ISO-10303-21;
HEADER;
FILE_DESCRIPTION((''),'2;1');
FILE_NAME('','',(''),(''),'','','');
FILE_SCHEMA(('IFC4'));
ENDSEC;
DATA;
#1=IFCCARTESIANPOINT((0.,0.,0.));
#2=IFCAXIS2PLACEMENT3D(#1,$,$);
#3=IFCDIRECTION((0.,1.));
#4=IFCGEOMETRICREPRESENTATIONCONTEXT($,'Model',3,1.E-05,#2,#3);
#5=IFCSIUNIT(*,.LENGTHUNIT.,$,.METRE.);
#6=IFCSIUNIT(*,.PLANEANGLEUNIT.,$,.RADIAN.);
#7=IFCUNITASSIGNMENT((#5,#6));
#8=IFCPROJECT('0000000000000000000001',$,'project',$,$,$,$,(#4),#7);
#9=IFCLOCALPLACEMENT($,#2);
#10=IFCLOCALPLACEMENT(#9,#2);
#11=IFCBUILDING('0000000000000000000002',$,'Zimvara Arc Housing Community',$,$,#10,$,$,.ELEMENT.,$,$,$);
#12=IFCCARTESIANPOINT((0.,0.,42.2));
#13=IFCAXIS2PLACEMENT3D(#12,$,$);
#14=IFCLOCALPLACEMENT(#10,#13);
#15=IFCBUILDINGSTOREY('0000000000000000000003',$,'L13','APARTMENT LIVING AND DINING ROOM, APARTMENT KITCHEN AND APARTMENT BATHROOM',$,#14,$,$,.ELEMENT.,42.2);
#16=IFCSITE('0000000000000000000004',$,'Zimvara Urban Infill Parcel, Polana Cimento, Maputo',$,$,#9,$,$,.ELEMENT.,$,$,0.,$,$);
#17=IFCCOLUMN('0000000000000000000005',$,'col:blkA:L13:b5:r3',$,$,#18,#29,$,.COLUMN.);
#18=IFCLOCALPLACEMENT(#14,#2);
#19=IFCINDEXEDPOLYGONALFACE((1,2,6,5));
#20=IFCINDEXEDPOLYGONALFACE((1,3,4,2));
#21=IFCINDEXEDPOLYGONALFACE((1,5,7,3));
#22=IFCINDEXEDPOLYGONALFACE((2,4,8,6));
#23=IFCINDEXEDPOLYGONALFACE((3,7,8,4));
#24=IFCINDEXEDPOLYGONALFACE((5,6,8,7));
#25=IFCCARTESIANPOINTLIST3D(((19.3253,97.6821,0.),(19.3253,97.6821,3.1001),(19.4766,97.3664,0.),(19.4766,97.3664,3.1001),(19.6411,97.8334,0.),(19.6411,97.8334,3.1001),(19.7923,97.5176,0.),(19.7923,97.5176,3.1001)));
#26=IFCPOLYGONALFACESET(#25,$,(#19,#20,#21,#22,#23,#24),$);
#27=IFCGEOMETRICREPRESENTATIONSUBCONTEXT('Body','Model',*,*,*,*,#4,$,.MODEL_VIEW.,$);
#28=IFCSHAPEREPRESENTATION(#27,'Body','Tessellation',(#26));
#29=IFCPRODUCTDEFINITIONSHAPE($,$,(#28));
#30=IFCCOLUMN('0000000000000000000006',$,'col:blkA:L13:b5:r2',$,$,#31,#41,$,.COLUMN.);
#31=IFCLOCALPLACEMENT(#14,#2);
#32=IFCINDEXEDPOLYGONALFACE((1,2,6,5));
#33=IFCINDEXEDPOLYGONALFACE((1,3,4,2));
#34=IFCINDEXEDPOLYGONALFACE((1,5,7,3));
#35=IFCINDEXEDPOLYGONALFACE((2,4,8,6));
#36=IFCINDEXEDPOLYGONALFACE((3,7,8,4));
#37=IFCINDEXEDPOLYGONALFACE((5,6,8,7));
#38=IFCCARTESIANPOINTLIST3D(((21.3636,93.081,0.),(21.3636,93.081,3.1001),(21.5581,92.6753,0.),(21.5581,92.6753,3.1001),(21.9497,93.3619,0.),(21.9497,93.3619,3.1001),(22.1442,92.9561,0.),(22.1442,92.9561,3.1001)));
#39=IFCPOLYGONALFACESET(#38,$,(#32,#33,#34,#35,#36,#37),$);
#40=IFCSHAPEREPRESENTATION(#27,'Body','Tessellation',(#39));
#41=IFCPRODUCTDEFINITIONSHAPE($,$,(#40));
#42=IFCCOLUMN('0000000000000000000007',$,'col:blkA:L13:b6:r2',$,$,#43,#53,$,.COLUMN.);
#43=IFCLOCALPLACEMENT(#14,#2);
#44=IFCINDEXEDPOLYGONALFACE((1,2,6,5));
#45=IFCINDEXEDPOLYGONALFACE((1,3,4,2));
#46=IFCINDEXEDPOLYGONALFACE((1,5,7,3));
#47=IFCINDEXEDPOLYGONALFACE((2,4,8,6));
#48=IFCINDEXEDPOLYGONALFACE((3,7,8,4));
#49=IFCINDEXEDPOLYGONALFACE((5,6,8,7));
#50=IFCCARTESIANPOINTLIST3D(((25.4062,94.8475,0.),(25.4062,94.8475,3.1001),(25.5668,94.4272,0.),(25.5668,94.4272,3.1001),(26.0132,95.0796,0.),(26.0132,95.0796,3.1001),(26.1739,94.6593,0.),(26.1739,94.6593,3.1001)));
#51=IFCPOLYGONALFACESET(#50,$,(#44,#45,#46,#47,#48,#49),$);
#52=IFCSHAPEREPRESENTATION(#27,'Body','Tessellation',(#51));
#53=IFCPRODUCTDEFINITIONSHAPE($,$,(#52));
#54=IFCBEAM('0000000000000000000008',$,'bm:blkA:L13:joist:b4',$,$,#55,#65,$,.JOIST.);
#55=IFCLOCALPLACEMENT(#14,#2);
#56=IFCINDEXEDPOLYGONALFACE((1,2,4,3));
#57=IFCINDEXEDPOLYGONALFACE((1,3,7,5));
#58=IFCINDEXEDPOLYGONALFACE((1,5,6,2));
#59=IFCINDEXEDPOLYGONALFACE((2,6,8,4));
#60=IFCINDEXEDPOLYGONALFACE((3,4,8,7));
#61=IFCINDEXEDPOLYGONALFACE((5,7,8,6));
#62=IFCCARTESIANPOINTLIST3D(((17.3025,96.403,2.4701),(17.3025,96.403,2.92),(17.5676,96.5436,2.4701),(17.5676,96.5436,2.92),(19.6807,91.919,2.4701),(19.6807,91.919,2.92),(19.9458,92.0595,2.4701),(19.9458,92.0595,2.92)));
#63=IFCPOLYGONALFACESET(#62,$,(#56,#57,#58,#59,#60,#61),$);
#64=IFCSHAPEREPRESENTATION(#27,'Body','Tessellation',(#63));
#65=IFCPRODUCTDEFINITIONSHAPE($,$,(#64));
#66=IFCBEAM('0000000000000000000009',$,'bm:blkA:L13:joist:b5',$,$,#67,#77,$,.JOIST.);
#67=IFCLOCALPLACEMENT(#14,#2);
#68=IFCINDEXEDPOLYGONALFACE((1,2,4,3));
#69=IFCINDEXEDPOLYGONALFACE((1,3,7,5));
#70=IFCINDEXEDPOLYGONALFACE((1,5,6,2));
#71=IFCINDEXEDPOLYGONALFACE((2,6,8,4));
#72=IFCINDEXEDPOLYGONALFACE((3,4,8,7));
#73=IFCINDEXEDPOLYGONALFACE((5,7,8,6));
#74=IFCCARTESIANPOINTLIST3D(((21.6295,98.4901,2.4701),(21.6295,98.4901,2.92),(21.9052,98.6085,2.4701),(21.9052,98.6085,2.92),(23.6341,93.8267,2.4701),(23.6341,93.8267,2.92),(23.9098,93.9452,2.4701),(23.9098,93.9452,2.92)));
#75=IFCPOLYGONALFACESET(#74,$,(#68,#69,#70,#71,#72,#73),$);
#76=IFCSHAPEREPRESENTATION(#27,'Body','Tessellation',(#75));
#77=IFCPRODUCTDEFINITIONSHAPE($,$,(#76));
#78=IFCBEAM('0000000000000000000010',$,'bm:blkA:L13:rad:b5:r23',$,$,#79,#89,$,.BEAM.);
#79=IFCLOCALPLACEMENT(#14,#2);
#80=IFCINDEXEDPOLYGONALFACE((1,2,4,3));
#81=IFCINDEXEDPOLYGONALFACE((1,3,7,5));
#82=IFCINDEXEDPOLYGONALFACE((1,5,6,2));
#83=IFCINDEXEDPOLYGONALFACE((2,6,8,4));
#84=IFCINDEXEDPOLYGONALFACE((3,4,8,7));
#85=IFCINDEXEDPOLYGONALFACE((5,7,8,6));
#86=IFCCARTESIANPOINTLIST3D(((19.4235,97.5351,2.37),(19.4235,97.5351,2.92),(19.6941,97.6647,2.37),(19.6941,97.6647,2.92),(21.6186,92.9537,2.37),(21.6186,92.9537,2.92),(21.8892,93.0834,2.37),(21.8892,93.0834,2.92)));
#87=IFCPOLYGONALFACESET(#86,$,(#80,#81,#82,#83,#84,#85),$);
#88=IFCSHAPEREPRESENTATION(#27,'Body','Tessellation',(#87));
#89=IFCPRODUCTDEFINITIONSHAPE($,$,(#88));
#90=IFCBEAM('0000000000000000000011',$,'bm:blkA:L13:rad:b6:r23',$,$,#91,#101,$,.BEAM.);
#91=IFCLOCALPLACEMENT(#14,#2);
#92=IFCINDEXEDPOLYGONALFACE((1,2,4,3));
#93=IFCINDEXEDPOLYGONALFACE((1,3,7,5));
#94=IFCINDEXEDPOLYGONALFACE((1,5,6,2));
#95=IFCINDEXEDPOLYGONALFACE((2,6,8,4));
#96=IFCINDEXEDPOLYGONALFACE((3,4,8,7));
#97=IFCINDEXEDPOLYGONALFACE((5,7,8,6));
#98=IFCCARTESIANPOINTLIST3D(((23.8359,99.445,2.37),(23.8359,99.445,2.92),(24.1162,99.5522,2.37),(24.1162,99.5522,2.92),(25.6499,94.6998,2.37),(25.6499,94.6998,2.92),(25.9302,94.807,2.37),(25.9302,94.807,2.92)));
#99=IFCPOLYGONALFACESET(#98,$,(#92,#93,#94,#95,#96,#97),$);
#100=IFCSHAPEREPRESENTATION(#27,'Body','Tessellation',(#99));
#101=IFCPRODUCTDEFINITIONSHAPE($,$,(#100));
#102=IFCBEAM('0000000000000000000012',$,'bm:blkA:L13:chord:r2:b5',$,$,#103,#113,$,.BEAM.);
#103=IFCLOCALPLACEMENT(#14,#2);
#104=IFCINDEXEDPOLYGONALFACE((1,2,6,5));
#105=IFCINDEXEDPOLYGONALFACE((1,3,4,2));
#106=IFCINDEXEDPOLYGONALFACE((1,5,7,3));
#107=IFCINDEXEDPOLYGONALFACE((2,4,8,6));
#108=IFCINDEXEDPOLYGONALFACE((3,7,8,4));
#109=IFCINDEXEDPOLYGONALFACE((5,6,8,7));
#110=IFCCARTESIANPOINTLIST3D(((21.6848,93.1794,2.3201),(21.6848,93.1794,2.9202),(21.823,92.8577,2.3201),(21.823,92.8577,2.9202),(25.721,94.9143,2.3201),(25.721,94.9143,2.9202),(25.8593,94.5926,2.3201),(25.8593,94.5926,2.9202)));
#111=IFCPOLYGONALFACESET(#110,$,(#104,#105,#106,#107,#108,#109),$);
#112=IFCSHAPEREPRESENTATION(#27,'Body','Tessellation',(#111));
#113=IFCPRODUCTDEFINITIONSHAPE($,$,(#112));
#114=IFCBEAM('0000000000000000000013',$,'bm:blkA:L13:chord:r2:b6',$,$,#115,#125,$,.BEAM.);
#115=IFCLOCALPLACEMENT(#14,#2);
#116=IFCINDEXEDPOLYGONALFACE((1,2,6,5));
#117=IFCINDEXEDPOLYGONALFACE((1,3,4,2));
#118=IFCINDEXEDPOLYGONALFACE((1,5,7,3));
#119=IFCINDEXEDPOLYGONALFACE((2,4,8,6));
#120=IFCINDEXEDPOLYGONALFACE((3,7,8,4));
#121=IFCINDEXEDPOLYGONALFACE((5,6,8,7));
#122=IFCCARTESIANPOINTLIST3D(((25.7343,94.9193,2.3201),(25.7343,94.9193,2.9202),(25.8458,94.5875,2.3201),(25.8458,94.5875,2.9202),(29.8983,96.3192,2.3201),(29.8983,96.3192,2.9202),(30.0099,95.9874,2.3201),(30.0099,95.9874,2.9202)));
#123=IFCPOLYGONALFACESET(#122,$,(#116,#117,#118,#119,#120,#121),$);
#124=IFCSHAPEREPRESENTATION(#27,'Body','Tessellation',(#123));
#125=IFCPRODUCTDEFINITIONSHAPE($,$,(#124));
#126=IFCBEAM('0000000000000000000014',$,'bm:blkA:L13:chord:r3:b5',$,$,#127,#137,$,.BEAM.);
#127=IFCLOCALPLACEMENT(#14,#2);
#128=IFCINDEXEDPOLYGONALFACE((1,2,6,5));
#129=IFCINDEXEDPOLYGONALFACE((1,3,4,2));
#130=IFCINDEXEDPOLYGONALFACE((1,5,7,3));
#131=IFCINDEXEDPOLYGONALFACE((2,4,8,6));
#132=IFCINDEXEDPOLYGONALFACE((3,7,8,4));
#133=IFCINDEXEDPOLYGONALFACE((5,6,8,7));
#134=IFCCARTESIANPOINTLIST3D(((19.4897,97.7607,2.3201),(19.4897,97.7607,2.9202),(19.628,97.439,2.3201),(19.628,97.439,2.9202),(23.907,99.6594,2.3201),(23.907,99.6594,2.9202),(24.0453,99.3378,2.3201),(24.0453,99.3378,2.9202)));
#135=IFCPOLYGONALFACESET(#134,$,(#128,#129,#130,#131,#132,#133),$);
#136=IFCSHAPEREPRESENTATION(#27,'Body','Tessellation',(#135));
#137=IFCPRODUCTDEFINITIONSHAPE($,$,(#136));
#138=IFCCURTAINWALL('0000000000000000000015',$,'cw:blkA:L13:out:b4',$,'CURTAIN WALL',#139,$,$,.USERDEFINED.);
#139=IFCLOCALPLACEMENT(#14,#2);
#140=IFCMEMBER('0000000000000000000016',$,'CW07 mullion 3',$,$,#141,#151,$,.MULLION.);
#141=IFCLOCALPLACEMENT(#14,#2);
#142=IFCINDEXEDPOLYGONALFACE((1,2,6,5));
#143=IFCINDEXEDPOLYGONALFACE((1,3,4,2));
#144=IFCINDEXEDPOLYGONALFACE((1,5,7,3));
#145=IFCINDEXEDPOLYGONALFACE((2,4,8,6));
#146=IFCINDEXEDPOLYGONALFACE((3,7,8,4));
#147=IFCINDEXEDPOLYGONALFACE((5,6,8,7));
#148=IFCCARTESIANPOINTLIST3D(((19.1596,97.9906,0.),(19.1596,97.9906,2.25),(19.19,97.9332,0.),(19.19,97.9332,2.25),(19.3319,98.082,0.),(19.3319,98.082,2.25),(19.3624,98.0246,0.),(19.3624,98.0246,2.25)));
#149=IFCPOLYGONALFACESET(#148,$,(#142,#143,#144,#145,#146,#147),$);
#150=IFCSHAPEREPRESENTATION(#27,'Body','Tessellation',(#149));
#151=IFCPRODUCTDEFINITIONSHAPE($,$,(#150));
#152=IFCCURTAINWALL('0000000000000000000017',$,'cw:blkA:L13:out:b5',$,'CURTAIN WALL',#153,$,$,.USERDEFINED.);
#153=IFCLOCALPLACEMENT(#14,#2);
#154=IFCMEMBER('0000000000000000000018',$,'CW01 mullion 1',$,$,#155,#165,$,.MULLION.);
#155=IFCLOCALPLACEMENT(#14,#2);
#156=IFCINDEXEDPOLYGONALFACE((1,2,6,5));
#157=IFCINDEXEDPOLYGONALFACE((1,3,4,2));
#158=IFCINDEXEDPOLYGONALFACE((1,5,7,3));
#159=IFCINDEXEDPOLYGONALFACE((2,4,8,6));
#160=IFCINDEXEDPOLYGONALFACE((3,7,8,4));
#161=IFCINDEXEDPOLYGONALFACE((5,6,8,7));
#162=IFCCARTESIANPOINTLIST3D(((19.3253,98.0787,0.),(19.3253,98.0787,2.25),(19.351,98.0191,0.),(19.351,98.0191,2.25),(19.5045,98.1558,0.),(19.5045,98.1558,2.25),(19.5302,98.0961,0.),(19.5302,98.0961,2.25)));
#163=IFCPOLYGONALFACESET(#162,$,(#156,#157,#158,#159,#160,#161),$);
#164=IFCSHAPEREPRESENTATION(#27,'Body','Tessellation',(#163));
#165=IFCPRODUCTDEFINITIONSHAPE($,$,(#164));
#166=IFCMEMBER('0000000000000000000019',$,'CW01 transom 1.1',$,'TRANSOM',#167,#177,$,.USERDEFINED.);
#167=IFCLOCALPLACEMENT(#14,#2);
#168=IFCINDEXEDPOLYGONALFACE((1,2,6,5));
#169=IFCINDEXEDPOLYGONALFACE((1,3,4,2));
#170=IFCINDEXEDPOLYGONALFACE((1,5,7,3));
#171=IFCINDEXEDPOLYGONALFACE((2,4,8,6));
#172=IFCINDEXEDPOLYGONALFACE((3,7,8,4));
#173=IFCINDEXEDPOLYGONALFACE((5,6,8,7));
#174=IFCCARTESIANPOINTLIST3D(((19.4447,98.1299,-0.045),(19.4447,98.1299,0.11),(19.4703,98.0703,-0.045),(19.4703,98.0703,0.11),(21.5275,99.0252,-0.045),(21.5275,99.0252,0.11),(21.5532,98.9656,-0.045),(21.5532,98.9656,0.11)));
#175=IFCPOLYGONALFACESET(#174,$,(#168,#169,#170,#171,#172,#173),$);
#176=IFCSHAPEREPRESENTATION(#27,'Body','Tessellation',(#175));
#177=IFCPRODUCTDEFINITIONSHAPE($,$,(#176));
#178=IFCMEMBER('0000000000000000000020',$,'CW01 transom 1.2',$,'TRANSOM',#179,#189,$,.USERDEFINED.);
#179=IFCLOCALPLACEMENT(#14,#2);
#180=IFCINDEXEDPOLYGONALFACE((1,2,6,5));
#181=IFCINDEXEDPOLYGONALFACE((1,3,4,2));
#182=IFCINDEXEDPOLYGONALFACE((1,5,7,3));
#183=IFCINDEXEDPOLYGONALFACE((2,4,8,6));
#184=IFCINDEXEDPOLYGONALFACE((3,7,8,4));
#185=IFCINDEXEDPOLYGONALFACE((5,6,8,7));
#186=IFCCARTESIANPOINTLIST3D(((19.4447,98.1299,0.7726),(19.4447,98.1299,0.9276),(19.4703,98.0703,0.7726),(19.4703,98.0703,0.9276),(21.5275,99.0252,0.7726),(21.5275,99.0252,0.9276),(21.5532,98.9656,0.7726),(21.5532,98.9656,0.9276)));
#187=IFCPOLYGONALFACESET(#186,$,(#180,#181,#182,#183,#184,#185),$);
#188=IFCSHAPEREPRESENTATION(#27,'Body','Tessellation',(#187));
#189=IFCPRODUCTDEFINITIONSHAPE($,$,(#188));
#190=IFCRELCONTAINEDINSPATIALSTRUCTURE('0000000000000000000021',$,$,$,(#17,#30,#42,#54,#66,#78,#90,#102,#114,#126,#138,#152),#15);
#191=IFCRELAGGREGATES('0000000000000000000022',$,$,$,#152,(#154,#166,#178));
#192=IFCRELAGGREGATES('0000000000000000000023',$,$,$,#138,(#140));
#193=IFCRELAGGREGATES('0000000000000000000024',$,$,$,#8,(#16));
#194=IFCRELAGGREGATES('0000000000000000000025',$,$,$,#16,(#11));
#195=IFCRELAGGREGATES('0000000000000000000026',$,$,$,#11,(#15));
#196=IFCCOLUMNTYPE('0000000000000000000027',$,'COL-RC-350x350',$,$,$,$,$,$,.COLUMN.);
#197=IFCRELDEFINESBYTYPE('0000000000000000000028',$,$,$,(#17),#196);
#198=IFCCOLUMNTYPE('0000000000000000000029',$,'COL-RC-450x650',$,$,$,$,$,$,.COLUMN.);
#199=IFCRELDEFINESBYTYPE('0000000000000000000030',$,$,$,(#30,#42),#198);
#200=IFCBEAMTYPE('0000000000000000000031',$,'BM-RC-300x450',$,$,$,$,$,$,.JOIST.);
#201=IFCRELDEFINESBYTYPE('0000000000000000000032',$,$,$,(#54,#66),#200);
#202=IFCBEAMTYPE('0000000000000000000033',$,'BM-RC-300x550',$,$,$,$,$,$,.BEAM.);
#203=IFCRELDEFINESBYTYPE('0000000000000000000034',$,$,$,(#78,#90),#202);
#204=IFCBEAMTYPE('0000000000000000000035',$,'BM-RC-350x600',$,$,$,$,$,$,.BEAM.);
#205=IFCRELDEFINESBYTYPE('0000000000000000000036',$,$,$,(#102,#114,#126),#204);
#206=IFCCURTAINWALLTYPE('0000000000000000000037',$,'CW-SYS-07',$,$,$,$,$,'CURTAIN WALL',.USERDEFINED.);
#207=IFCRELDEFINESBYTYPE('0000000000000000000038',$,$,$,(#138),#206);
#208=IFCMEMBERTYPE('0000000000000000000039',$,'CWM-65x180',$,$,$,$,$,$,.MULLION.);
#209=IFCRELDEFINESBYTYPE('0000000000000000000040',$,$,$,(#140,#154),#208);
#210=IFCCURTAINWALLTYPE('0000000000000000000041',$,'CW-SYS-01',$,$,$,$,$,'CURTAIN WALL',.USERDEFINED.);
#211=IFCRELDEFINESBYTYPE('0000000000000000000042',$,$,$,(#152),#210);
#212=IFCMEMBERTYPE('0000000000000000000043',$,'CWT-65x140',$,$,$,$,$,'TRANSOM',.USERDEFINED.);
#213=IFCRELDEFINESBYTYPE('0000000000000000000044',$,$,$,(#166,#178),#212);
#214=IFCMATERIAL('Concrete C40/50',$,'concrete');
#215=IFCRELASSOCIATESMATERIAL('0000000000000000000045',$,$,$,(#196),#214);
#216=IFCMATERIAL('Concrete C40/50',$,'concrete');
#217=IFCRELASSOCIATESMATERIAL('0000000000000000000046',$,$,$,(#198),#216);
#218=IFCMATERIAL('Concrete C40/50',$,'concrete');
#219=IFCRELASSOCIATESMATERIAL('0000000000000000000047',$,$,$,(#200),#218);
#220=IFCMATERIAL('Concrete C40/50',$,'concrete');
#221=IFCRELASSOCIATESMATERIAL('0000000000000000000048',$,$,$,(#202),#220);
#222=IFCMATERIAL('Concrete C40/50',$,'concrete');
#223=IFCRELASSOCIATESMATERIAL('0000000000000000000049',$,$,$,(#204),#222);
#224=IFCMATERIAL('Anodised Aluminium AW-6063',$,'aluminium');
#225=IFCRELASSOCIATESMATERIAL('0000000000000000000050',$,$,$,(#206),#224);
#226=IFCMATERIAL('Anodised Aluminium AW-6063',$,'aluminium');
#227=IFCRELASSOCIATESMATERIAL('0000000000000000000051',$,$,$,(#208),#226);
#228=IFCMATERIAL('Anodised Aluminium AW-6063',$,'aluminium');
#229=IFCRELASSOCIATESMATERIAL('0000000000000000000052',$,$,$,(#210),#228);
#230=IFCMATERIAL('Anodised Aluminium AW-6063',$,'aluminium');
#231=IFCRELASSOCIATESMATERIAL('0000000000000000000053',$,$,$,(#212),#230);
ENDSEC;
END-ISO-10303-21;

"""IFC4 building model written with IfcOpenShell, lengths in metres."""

from ifc_helpers import new_model, si_unit, direction, frame, origin, origin_2d, place, context, subcontext, project, spatial, rectangle, extrude, material, material_profile, profile_set, type_object, element, aggregate, save


model = new_model("IFC4")

# Units and contexts
model_context = context("Model", 3, precision=1e-05, world=origin(), true_north=direction((0.0, 1.0)))
body_context = subcontext(model_context, "Body", "Model", "MODEL_VIEW")
ifc_project = project(units=[si_unit("LENGTHUNIT", "METRE"), si_unit("PLANEANGLEUNIT", "RADIAN")], contexts=[model_context])

# Site, building, storey
site_placement = place(None, origin())
site = spatial("IfcSite", under=ifc_project, at=site_placement, Name="Zimvara Urban Infill Parcel, Polana Cimento, Maputo", CompositionType="ELEMENT", RefElevation=0.0)
building_placement = place(site_placement, origin())
building = spatial("IfcBuilding", under=site, at=building_placement, Name="Zimvara Arc Housing Community", CompositionType="ELEMENT")
storey_placement = place(building_placement, frame((0.0, 0.0, 42.2)))
storey = spatial("IfcBuildingStorey", under=building, at=storey_placement, Name="L13", Description="APARTMENT LIVING AND DINING ROOM, APARTMENT KITCHEN AND APARTMENT BATHROOM", CompositionType="ELEMENT", Elevation=42.2)

# Columns
ifc_material_1 = material(Name="Concrete C40/50", Category="concrete")
ifc_material_profile_1 = material_profile(ifc_material_1, rectangle(XDim=0.3501, YDim=0.3501, at=origin_2d()), Name="RC 350x350")
ifc_profile_set_1 = profile_set([ifc_material_profile_1], Name="Concrete C40/50")
column_type_1 = type_object("IfcColumnType", Name="COL-RC-350x350", PredefinedType="COLUMN", material=ifc_profile_set_1)
column_placement = place(storey_placement, frame((19.5588, 97.5999, 0.0), z_axis=(0.0, 0.0, 1.0), x_axis=(-0.432086, 0.901833, 0.0)))
element("IfcColumn", 1, at=column_placement, inside=storey, type_object=column_type_1, Name="col:blkA:L13:b5:r3", PredefinedType="COLUMN", context=body_context, shape_type="SweptSolid", body=[
    extrude(rectangle(XDim=0.3501, YDim=0.3501, at=origin_2d()), origin(), (0.0, 0.0, 1.0), 3.1001),
])
ifc_material_2 = material(Name="Concrete C40/50", Category="concrete")
ifc_material_profile_2 = material_profile(ifc_material_2, rectangle(XDim=0.45, YDim=0.6499, at=origin_2d()), Name="RC 450x650")
ifc_profile_set_2 = profile_set([ifc_material_profile_2], Name="Concrete C40/50")
column_type_2 = type_object("IfcColumnType", Name="COL-RC-450x650", PredefinedType="COLUMN", material=ifc_profile_set_2)
for number, where, z_axis, x_axis, name in (
    (2, (21.7539, 93.0186, 0.0), (0.0, 0.0, 1.0), (-0.432086, 0.901833, 0.0), "col:blkA:L13:b5:r2"),
    (3, (25.79, 94.7534, 0.0), (0.0, 0.0, 1.0), (-0.357064, 0.93408, 0.0), "col:blkA:L13:b6:r2"),
):
    element("IfcColumn", number, at=place(storey_placement, frame(where, z_axis=z_axis, x_axis=x_axis)), inside=storey, type_object=column_type_2, Name=name, PredefinedType="COLUMN", context=body_context, shape_type="SweptSolid", body=[
        extrude(rectangle(XDim=0.45, YDim=0.6499, at=origin_2d()), origin(), (0.0, 0.0, 1.0), 3.1001),
    ])

# Beams
ifc_material_3 = material(Name="Concrete C40/50", Category="concrete")
ifc_material_profile_3 = material_profile(ifc_material_3, rectangle(XDim=0.3, YDim=0.45, at=origin_2d()), Name="RC 300x450")
ifc_profile_set_3 = profile_set([ifc_material_profile_3], Name="Concrete C40/50")
beam_type_1 = type_object("IfcBeamType", Name="BM-RC-300x450", PredefinedType="JOIST", material=ifc_profile_set_3)
beam_1_placement = place(storey_placement, frame((19.8132, 91.9893, 2.6951), z_axis=(-0.468537, 0.883444, 0.0), x_axis=(-0.883444, -0.468537, 0.0)))
element("IfcBeam", 4, at=beam_1_placement, inside=storey, type_object=beam_type_1, Name="bm:blkA:L13:joist:b4", PredefinedType="JOIST", context=body_context, shape_type="SweptSolid", body=[
    extrude(rectangle(XDim=0.3, YDim=0.45, at=origin_2d()), origin(), (0.0, 0.0, 1.0), 5.0757),
])
beam_2_placement = place(storey_placement, frame((23.772, 93.886, 2.6951), z_axis=(-0.394929, 0.918712, 0.0), x_axis=(-0.918712, -0.394929, 0.0)))
element("IfcBeam", 5, at=beam_2_placement, inside=storey, type_object=beam_type_1, Name="bm:blkA:L13:joist:b5", PredefinedType="JOIST", context=body_context, shape_type="SweptSolid", body=[
    extrude(rectangle(XDim=0.3, YDim=0.45, at=origin_2d()), origin(), (0.0, 0.0, 1.0), 5.0759),
])
ifc_material_4 = material(Name="Concrete C40/50", Category="concrete")
ifc_material_profile_4 = material_profile(ifc_material_4, rectangle(XDim=0.3, YDim=0.55, at=origin_2d()), Name="RC 300x550")
ifc_profile_set_4 = profile_set([ifc_material_profile_4], Name="Concrete C40/50")
beam_type_2 = type_object("IfcBeamType", Name="BM-RC-300x550", PredefinedType="BEAM", material=ifc_profile_set_4)
for number, where, z_axis, x_axis, name in (
    (6, (21.7539, 93.0186, 2.645), (-0.432098, 0.901827, 0.0), (-0.901827, -0.432098, 0.0), "bm:blkA:L13:rad:b5:r23"),
    (7, (25.79, 94.7534, 2.645), (-0.357078, 0.934074, 0.0), (-0.934074, -0.357078, 0.0), "bm:blkA:L13:rad:b6:r23"),
):
    element("IfcBeam", number, at=place(storey_placement, frame(where, z_axis=z_axis, x_axis=x_axis)), inside=storey, type_object=beam_type_2, Name=name, PredefinedType="BEAM", context=body_context, shape_type="SweptSolid", body=[
        extrude(rectangle(XDim=0.3, YDim=0.55, at=origin_2d()), origin(), (0.0, 0.0, 1.0), 5.0801),
    ])
ifc_material_5 = material(Name="Concrete C40/50", Category="concrete")
ifc_material_profile_5 = material_profile(ifc_material_5, rectangle(XDim=0.3501, YDim=0.6001, at=origin_2d()), Name="RC 350x600")
ifc_profile_set_5 = profile_set([ifc_material_profile_5], Name="Concrete C40/50")
beam_type_3 = type_object("IfcBeamType", Name="BM-RC-350x600", PredefinedType="BEAM", material=ifc_profile_set_5)
beam_3_placement = place(storey_placement, frame((21.7539, 93.0186, 2.6201), z_axis=(0.918725, 0.394898, 0.0), x_axis=(-0.394898, 0.918725, 0.0)))
element("IfcBeam", 8, at=beam_3_placement, inside=storey, type_object=beam_type_3, Name="bm:blkA:L13:chord:r2:b5", PredefinedType="BEAM", context=body_context, shape_type="SweptSolid", body=[
    extrude(rectangle(XDim=0.3501, YDim=0.6001, at=origin_2d()), origin(), (0.0, 0.0, 1.0), 4.3933),
])
beam_4_placement = place(storey_placement, frame((25.79, 94.7534, 2.6201), z_axis=(0.947869, 0.318661, 0.0), x_axis=(-0.318661, 0.947869, 0.0)))
element("IfcBeam", 9, at=beam_4_placement, inside=storey, type_object=beam_type_3, Name="bm:blkA:L13:chord:r2:b6", PredefinedType="BEAM", context=body_context, shape_type="SweptSolid", body=[
    extrude(rectangle(XDim=0.3501, YDim=0.6001, at=origin_2d()), origin(), (0.0, 0.0, 1.0), 4.3931),
])
beam_5_placement = place(storey_placement, frame((19.5588, 97.5999, 2.6201), z_axis=(0.918724, 0.3949, 0.0), x_axis=(-0.3949, 0.918724, 0.0)))
element("IfcBeam", 10, at=beam_5_placement, inside=storey, type_object=beam_type_3, Name="bm:blkA:L13:chord:r3:b5", PredefinedType="BEAM", context=body_context, shape_type="SweptSolid", body=[
    extrude(rectangle(XDim=0.3501, YDim=0.6001, at=origin_2d()), origin(), (0.0, 0.0, 1.0), 4.8081),
])

# Curtain wall, member
ifc_material_6 = material(Name="Anodised Aluminium AW-6063", Category="aluminium")
curtain_wall_type_1 = type_object("IfcCurtainWallType", Name="CW-SYS-07", ElementType="CURTAIN WALL", PredefinedType="USERDEFINED", material=ifc_material_6)
curtain_wall_1_placement = place(storey_placement, origin())
curtain_wall_1 = element("IfcCurtainWall", 11, at=curtain_wall_1_placement, inside=storey, type_object=curtain_wall_type_1, Name="cw:blkA:L13:out:b4", ObjectType="CURTAIN WALL", PredefinedType="USERDEFINED")
ifc_material_7 = material(Name="Anodised Aluminium AW-6063", Category="aluminium")
ifc_material_profile_6 = material_profile(ifc_material_7, rectangle(XDim=0.0649, YDim=0.1951, at=origin_2d()), Name="ALU 65x195")
ifc_profile_set_6 = profile_set([ifc_material_profile_6], Name="Anodised Aluminium AW-6063")
member_type_1 = type_object("IfcMemberType", Name="CWM-65x180", PredefinedType="MULLION", material=ifc_profile_set_6)
member_1_placement = place(storey_placement, frame((19.261, 98.0076, 0.0), z_axis=(0.0, 0.0, 1.0), x_axis=(-0.468547, 0.883439, 0.0)))
member_1 = element("IfcMember", 12, at=member_1_placement, type_object=member_type_1, Name="CW07 mullion 3", PredefinedType="MULLION", context=body_context, shape_type="SweptSolid", body=[
    extrude(rectangle(XDim=0.0649, YDim=0.1951, at=origin_2d()), origin(), (0.0, 0.0, 1.0), 2.25),
])

# Curtain wall, members
ifc_material_8 = material(Name="Anodised Aluminium AW-6063", Category="aluminium")
curtain_wall_type_2 = type_object("IfcCurtainWallType", Name="CW-SYS-01", ElementType="CURTAIN WALL", PredefinedType="USERDEFINED", material=ifc_material_8)
curtain_wall_2_placement = place(storey_placement, origin())
curtain_wall_2 = element("IfcCurtainWall", 13, at=curtain_wall_2_placement, inside=storey, type_object=curtain_wall_type_2, Name="cw:blkA:L13:out:b5", ObjectType="CURTAIN WALL", PredefinedType="USERDEFINED")
member_2_placement = place(storey_placement, frame((19.4277, 98.0874, 0.0), z_axis=(0.0, 0.0, 1.0), x_axis=(-0.394904, 0.918722, 0.0)))
member_2 = element("IfcMember", 14, at=member_2_placement, type_object=member_type_1, Name="CW01 mullion 1", PredefinedType="MULLION", context=body_context, shape_type="SweptSolid", body=[
    extrude(rectangle(XDim=0.0649, YDim=0.1951, at=origin_2d()), origin(), (0.0, 0.0, 1.0), 2.25),
])
ifc_material_9 = material(Name="Anodised Aluminium AW-6063", Category="aluminium")
ifc_material_profile_7 = material_profile(ifc_material_9, rectangle(XDim=0.0649, YDim=0.155, at=origin_2d()), Name="ALU 65x155")
ifc_profile_set_7 = profile_set([ifc_material_profile_7], Name="Anodised Aluminium AW-6063")
member_type_2 = type_object("IfcMemberType", Name="CWT-65x140", ElementType="TRANSOM", PredefinedType="USERDEFINED", material=ifc_profile_set_7)
member_3_placement = place(storey_placement, frame((19.4575, 98.1001, 0.0325), z_axis=(0.918721, 0.394907, 0.0), x_axis=(-0.394907, 0.918721, 0.0)))
member_3 = element("IfcMember", 15, at=member_3_placement, type_object=member_type_2, Name="CW01 transom 1.1", ObjectType="TRANSOM", PredefinedType="USERDEFINED", context=body_context, shape_type="SweptSolid", body=[
    extrude(rectangle(XDim=0.0649, YDim=0.155, at=origin_2d()), origin(), (0.0, 0.0, 1.0), 2.2671),
])
member_4_placement = place(storey_placement, frame((19.4575, 98.1001, 0.8501), z_axis=(0.918721, 0.394907, 0.0), x_axis=(-0.394907, 0.918721, 0.0)))
member_4 = element("IfcMember", 16, at=member_4_placement, type_object=member_type_2, Name="CW01 transom 1.2", ObjectType="TRANSOM", PredefinedType="USERDEFINED", context=body_context, shape_type="SweptSolid", body=[
    extrude(rectangle(XDim=0.0649, YDim=0.155, at=origin_2d()), origin(), (0.0, 0.0, 1.0), 2.2671),
])
aggregate(curtain_wall_2, [member_2, member_3, member_4])

aggregate(curtain_wall_1, [member_1])

save(model, "model.ifc")
